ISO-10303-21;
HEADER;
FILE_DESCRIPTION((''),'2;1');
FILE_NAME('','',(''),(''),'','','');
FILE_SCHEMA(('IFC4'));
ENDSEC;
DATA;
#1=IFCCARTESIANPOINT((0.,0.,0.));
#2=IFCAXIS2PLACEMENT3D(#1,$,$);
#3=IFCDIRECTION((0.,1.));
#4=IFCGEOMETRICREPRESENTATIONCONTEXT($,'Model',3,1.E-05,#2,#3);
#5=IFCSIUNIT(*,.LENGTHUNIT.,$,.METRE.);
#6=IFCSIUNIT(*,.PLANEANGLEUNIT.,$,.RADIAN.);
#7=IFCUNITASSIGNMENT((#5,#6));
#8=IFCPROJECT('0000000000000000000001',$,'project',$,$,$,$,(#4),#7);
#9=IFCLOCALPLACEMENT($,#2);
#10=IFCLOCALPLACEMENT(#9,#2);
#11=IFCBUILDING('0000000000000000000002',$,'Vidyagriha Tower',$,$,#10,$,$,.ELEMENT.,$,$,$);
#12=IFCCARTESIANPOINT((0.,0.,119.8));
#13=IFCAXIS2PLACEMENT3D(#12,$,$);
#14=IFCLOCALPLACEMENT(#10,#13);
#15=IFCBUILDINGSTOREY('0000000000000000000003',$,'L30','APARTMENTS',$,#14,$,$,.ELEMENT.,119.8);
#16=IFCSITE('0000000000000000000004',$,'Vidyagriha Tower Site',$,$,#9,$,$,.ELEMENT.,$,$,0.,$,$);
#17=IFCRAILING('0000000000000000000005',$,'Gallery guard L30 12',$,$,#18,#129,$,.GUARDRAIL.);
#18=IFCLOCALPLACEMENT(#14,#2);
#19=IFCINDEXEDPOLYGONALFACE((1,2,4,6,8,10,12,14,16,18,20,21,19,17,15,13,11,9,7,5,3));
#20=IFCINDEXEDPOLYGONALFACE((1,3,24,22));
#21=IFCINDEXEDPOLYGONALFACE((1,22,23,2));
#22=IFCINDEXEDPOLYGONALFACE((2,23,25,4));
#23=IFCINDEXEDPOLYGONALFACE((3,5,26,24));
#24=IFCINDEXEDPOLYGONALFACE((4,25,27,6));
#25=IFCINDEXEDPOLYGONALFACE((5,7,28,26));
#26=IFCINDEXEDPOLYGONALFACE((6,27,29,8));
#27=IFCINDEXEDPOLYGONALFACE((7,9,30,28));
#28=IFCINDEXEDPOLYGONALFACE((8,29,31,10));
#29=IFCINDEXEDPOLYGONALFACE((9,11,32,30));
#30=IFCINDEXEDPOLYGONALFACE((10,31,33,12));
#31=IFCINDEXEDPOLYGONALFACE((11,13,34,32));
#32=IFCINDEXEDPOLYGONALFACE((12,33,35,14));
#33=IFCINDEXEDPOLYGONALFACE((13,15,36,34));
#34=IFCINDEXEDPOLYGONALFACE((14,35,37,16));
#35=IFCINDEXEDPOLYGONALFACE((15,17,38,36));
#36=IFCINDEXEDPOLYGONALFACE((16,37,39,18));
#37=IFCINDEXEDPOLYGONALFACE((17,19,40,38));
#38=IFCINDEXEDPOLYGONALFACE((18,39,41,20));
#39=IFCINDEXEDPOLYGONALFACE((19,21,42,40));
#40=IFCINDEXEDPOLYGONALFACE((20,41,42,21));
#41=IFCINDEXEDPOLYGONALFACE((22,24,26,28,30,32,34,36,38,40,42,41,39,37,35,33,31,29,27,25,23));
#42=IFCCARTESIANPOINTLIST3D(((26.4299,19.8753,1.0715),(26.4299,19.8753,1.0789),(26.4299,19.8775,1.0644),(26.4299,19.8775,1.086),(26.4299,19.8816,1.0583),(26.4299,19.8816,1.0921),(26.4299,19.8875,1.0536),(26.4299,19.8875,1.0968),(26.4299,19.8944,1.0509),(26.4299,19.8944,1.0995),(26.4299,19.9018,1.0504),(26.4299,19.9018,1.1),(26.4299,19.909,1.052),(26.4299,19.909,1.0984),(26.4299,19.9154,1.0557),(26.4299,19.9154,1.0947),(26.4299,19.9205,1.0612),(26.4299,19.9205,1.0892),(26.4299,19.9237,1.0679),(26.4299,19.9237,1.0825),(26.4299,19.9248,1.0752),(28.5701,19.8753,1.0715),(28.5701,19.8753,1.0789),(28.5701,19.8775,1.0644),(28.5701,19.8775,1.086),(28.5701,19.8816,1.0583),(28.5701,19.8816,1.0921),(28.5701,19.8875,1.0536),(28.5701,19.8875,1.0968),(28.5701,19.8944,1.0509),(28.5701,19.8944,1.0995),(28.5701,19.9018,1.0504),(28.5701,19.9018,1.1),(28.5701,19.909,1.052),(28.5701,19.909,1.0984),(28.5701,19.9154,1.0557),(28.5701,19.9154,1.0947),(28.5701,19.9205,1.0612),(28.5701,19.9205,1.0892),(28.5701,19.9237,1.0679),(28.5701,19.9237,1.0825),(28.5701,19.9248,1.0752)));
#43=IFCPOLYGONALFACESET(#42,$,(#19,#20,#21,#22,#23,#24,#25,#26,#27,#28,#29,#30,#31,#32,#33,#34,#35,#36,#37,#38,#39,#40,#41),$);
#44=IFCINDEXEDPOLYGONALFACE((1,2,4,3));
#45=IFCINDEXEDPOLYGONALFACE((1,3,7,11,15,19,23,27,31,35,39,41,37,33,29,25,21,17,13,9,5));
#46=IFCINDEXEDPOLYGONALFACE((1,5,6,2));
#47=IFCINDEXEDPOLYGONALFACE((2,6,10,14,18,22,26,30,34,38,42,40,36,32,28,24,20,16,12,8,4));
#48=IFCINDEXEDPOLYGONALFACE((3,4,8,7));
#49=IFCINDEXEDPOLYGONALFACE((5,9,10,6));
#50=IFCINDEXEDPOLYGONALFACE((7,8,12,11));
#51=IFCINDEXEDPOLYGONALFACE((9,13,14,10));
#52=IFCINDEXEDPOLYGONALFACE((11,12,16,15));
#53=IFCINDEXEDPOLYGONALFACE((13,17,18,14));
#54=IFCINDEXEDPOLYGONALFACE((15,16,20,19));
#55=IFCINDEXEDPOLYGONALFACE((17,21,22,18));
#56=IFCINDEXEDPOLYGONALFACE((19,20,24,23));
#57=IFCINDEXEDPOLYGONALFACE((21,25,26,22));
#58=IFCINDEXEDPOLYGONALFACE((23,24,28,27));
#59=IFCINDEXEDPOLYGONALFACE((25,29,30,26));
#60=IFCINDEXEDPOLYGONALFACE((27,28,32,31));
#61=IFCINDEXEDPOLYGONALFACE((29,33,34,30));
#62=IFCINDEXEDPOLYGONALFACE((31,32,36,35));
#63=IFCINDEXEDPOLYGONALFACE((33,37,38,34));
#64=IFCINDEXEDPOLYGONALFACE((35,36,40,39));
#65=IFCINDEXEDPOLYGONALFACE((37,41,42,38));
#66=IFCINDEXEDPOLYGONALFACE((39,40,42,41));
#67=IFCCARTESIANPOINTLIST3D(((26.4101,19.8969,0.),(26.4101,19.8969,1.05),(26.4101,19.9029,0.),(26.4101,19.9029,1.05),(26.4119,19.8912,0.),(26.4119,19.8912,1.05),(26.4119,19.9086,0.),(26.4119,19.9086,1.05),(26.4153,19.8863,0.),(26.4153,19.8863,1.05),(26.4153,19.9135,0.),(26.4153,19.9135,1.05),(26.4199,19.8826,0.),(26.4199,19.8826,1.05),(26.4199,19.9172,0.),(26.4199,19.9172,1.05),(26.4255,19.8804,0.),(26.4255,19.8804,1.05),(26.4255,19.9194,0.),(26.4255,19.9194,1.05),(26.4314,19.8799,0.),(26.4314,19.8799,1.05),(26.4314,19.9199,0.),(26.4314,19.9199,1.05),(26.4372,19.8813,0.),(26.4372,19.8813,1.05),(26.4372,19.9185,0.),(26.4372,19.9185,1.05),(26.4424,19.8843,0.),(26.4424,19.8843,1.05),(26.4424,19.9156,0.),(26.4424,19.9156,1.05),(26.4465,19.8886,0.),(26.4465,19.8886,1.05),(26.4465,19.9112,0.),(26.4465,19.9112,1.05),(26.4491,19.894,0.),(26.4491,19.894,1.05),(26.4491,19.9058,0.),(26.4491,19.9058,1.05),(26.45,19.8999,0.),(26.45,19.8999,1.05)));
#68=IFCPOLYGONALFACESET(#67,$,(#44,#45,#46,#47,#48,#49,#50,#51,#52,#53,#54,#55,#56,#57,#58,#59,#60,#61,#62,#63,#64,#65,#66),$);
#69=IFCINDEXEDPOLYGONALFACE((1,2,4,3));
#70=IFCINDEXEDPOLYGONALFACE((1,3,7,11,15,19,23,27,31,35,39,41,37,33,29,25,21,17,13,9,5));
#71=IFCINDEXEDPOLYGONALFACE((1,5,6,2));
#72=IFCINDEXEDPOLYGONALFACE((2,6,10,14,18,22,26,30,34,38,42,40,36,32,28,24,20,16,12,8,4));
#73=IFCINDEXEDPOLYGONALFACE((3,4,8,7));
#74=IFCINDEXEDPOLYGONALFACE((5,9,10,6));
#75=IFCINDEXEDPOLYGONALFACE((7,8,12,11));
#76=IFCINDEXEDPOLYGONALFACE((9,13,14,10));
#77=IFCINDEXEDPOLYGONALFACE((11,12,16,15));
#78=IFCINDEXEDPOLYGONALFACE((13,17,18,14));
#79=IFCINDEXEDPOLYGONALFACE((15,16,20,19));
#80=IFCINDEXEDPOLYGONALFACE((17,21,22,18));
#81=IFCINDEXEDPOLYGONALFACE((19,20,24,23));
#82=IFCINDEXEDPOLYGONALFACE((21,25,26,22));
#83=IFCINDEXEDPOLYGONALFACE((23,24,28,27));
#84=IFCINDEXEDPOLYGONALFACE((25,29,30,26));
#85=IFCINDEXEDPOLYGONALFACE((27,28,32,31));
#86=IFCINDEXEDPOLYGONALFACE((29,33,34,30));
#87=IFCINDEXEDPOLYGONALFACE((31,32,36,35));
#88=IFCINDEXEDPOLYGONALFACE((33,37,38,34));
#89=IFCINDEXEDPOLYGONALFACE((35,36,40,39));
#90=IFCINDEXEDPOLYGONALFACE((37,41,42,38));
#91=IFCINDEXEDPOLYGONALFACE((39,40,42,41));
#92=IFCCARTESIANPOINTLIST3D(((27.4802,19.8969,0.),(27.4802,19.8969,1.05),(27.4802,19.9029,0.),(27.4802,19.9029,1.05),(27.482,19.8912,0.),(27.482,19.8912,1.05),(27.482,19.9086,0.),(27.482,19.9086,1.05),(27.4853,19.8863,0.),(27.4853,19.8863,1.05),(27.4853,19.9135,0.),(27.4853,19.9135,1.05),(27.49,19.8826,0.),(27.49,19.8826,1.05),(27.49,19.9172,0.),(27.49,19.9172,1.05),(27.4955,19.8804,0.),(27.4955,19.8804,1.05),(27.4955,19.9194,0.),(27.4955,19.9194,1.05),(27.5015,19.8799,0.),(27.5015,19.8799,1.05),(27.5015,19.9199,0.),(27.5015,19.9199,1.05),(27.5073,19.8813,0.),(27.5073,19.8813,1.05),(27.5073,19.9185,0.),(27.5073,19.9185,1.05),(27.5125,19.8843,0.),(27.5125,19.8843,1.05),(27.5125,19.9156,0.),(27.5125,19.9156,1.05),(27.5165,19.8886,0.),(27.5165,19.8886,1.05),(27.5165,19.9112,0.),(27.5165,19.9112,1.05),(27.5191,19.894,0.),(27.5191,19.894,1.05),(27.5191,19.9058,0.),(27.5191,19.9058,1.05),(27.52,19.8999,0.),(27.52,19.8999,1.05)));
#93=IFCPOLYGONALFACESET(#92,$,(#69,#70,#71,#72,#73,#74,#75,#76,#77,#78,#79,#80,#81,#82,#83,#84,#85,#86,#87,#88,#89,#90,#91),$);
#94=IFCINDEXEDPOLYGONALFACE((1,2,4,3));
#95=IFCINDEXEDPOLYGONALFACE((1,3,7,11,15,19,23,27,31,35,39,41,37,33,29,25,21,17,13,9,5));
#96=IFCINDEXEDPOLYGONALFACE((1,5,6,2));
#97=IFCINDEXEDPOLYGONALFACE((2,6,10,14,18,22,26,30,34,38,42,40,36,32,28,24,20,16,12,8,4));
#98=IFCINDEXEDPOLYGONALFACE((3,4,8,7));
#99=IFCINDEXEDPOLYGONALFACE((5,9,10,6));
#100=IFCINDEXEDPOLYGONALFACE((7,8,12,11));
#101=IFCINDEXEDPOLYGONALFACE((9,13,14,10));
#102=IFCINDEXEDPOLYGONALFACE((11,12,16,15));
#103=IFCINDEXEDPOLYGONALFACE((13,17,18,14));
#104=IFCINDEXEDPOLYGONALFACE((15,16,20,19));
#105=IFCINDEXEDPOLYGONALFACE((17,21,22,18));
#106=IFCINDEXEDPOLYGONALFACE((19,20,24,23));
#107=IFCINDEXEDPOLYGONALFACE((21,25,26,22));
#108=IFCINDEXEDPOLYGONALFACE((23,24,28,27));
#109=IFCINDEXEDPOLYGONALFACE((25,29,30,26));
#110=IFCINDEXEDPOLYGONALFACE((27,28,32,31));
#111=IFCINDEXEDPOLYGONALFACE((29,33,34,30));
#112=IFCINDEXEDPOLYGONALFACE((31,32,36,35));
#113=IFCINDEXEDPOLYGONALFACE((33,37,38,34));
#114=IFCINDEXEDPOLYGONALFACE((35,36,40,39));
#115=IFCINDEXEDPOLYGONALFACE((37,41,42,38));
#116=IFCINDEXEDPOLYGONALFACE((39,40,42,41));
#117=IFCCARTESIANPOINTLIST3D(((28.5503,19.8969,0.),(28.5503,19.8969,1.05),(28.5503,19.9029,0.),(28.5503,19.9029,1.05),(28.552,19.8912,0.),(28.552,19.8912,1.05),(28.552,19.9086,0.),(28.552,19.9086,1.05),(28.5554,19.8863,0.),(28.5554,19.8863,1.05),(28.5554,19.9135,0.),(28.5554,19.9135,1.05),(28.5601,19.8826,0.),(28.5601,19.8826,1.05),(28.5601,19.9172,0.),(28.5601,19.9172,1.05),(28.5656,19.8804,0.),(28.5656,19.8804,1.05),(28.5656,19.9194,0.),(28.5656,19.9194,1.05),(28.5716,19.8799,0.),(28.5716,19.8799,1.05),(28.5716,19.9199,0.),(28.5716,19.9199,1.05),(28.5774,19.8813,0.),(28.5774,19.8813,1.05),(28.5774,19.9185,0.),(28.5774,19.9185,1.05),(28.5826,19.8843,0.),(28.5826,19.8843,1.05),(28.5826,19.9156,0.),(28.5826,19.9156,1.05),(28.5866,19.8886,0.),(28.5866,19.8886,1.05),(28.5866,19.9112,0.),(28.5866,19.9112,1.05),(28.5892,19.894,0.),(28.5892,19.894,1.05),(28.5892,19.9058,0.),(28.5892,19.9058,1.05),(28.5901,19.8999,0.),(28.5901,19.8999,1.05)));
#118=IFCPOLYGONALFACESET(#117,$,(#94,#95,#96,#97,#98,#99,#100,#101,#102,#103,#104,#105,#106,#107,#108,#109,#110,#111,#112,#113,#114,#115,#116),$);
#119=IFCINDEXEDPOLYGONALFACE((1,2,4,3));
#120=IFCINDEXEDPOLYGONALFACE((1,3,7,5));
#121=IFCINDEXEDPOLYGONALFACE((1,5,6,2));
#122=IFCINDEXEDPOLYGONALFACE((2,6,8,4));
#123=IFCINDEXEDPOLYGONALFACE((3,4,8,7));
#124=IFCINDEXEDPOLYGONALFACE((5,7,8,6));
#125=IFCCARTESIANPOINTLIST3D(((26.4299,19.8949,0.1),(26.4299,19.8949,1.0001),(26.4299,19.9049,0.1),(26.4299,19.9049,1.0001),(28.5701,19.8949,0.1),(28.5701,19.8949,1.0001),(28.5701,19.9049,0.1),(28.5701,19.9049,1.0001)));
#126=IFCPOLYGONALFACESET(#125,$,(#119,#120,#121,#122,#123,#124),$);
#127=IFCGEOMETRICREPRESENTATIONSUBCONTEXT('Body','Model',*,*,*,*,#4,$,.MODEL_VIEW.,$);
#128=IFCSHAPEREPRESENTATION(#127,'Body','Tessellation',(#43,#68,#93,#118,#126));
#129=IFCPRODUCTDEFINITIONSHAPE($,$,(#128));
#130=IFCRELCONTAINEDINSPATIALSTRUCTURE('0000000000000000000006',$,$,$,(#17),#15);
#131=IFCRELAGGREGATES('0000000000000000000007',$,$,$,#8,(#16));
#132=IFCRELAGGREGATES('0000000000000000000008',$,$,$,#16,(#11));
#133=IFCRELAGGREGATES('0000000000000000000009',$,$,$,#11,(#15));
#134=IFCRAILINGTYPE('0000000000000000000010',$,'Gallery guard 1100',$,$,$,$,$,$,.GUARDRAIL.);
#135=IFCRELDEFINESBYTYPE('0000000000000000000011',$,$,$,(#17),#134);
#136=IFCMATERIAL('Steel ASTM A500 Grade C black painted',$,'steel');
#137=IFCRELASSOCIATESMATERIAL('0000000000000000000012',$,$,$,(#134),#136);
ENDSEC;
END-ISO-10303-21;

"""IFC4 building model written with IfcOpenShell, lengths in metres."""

from ifc_helpers import new_model, si_unit, direction, frame, origin, origin_2d, place, context, subcontext, project, spatial, rectangle, circle, extrude, material, type_object, element, save


model = new_model("IFC4")

# Units and contexts
model_context = context("Model", 3, precision=1e-05, world=origin(), true_north=direction((0.0, 1.0)))
body_context = subcontext(model_context, "Body", "Model", "MODEL_VIEW")
ifc_project = project(units=[si_unit("LENGTHUNIT", "METRE"), si_unit("PLANEANGLEUNIT", "RADIAN")], contexts=[model_context])

# Site, building, storey
site_placement = place(None, origin())
site = spatial("IfcSite", under=ifc_project, at=site_placement, Name="Vidyagriha Tower Site", CompositionType="ELEMENT", RefElevation=0.0)
building_placement = place(site_placement, origin())
building = spatial("IfcBuilding", under=site, at=building_placement, Name="Vidyagriha Tower", CompositionType="ELEMENT")
storey_placement = place(building_placement, frame((0.0, 0.0, 119.8)))
storey = spatial("IfcBuildingStorey", under=building, at=storey_placement, Name="L30", Description="APARTMENTS", CompositionType="ELEMENT", Elevation=119.8)

# Railing
ifc_material_1 = material(Name="Steel ASTM A500 Grade C black painted", Category="steel")
railing_type = type_object("IfcRailingType", Name="Gallery guard 1100", PredefinedType="GUARDRAIL", material=ifc_material_1)
railing_1_placement = place(storey_placement, frame((26.4299, 19.8999, 0.0)))
element("IfcRailing", 1, at=railing_1_placement, inside=storey, type_object=railing_type, Name="Gallery guard L30 12", PredefinedType="GUARDRAIL", context=body_context, shape_type="SweptSolid", body=[
    extrude(circle(Radius=0.0249, at=origin_2d()), frame((0.0, 0.0, 1.0752), z_axis=(1.0, 0.0, 0.0), x_axis=(0.0, 1.0, 0.0)), (0.0, 0.0, 1.0), 2.1401),
    extrude(circle(Radius=0.02, at=origin_2d()), origin(), (0.0, 0.0, 1.0), 1.05),
    extrude(circle(Radius=0.02, at=origin_2d()), frame((1.0701, 0.0, 0.0)), (0.0, 0.0, 1.0), 1.05),
    extrude(circle(Radius=0.02, at=origin_2d()), frame((2.1401, 0.0, 0.0)), (0.0, 0.0, 1.0), 1.05),
    extrude(rectangle(XDim=0.01, YDim=0.9001, at=origin_2d()), frame((0.0, 0.0, 0.55), z_axis=(1.0, 0.0, 0.0), x_axis=(0.0, 1.0, 0.0)), (0.0, 0.0, 1.0), 2.1401),
])

save(model, "model.ifc")
